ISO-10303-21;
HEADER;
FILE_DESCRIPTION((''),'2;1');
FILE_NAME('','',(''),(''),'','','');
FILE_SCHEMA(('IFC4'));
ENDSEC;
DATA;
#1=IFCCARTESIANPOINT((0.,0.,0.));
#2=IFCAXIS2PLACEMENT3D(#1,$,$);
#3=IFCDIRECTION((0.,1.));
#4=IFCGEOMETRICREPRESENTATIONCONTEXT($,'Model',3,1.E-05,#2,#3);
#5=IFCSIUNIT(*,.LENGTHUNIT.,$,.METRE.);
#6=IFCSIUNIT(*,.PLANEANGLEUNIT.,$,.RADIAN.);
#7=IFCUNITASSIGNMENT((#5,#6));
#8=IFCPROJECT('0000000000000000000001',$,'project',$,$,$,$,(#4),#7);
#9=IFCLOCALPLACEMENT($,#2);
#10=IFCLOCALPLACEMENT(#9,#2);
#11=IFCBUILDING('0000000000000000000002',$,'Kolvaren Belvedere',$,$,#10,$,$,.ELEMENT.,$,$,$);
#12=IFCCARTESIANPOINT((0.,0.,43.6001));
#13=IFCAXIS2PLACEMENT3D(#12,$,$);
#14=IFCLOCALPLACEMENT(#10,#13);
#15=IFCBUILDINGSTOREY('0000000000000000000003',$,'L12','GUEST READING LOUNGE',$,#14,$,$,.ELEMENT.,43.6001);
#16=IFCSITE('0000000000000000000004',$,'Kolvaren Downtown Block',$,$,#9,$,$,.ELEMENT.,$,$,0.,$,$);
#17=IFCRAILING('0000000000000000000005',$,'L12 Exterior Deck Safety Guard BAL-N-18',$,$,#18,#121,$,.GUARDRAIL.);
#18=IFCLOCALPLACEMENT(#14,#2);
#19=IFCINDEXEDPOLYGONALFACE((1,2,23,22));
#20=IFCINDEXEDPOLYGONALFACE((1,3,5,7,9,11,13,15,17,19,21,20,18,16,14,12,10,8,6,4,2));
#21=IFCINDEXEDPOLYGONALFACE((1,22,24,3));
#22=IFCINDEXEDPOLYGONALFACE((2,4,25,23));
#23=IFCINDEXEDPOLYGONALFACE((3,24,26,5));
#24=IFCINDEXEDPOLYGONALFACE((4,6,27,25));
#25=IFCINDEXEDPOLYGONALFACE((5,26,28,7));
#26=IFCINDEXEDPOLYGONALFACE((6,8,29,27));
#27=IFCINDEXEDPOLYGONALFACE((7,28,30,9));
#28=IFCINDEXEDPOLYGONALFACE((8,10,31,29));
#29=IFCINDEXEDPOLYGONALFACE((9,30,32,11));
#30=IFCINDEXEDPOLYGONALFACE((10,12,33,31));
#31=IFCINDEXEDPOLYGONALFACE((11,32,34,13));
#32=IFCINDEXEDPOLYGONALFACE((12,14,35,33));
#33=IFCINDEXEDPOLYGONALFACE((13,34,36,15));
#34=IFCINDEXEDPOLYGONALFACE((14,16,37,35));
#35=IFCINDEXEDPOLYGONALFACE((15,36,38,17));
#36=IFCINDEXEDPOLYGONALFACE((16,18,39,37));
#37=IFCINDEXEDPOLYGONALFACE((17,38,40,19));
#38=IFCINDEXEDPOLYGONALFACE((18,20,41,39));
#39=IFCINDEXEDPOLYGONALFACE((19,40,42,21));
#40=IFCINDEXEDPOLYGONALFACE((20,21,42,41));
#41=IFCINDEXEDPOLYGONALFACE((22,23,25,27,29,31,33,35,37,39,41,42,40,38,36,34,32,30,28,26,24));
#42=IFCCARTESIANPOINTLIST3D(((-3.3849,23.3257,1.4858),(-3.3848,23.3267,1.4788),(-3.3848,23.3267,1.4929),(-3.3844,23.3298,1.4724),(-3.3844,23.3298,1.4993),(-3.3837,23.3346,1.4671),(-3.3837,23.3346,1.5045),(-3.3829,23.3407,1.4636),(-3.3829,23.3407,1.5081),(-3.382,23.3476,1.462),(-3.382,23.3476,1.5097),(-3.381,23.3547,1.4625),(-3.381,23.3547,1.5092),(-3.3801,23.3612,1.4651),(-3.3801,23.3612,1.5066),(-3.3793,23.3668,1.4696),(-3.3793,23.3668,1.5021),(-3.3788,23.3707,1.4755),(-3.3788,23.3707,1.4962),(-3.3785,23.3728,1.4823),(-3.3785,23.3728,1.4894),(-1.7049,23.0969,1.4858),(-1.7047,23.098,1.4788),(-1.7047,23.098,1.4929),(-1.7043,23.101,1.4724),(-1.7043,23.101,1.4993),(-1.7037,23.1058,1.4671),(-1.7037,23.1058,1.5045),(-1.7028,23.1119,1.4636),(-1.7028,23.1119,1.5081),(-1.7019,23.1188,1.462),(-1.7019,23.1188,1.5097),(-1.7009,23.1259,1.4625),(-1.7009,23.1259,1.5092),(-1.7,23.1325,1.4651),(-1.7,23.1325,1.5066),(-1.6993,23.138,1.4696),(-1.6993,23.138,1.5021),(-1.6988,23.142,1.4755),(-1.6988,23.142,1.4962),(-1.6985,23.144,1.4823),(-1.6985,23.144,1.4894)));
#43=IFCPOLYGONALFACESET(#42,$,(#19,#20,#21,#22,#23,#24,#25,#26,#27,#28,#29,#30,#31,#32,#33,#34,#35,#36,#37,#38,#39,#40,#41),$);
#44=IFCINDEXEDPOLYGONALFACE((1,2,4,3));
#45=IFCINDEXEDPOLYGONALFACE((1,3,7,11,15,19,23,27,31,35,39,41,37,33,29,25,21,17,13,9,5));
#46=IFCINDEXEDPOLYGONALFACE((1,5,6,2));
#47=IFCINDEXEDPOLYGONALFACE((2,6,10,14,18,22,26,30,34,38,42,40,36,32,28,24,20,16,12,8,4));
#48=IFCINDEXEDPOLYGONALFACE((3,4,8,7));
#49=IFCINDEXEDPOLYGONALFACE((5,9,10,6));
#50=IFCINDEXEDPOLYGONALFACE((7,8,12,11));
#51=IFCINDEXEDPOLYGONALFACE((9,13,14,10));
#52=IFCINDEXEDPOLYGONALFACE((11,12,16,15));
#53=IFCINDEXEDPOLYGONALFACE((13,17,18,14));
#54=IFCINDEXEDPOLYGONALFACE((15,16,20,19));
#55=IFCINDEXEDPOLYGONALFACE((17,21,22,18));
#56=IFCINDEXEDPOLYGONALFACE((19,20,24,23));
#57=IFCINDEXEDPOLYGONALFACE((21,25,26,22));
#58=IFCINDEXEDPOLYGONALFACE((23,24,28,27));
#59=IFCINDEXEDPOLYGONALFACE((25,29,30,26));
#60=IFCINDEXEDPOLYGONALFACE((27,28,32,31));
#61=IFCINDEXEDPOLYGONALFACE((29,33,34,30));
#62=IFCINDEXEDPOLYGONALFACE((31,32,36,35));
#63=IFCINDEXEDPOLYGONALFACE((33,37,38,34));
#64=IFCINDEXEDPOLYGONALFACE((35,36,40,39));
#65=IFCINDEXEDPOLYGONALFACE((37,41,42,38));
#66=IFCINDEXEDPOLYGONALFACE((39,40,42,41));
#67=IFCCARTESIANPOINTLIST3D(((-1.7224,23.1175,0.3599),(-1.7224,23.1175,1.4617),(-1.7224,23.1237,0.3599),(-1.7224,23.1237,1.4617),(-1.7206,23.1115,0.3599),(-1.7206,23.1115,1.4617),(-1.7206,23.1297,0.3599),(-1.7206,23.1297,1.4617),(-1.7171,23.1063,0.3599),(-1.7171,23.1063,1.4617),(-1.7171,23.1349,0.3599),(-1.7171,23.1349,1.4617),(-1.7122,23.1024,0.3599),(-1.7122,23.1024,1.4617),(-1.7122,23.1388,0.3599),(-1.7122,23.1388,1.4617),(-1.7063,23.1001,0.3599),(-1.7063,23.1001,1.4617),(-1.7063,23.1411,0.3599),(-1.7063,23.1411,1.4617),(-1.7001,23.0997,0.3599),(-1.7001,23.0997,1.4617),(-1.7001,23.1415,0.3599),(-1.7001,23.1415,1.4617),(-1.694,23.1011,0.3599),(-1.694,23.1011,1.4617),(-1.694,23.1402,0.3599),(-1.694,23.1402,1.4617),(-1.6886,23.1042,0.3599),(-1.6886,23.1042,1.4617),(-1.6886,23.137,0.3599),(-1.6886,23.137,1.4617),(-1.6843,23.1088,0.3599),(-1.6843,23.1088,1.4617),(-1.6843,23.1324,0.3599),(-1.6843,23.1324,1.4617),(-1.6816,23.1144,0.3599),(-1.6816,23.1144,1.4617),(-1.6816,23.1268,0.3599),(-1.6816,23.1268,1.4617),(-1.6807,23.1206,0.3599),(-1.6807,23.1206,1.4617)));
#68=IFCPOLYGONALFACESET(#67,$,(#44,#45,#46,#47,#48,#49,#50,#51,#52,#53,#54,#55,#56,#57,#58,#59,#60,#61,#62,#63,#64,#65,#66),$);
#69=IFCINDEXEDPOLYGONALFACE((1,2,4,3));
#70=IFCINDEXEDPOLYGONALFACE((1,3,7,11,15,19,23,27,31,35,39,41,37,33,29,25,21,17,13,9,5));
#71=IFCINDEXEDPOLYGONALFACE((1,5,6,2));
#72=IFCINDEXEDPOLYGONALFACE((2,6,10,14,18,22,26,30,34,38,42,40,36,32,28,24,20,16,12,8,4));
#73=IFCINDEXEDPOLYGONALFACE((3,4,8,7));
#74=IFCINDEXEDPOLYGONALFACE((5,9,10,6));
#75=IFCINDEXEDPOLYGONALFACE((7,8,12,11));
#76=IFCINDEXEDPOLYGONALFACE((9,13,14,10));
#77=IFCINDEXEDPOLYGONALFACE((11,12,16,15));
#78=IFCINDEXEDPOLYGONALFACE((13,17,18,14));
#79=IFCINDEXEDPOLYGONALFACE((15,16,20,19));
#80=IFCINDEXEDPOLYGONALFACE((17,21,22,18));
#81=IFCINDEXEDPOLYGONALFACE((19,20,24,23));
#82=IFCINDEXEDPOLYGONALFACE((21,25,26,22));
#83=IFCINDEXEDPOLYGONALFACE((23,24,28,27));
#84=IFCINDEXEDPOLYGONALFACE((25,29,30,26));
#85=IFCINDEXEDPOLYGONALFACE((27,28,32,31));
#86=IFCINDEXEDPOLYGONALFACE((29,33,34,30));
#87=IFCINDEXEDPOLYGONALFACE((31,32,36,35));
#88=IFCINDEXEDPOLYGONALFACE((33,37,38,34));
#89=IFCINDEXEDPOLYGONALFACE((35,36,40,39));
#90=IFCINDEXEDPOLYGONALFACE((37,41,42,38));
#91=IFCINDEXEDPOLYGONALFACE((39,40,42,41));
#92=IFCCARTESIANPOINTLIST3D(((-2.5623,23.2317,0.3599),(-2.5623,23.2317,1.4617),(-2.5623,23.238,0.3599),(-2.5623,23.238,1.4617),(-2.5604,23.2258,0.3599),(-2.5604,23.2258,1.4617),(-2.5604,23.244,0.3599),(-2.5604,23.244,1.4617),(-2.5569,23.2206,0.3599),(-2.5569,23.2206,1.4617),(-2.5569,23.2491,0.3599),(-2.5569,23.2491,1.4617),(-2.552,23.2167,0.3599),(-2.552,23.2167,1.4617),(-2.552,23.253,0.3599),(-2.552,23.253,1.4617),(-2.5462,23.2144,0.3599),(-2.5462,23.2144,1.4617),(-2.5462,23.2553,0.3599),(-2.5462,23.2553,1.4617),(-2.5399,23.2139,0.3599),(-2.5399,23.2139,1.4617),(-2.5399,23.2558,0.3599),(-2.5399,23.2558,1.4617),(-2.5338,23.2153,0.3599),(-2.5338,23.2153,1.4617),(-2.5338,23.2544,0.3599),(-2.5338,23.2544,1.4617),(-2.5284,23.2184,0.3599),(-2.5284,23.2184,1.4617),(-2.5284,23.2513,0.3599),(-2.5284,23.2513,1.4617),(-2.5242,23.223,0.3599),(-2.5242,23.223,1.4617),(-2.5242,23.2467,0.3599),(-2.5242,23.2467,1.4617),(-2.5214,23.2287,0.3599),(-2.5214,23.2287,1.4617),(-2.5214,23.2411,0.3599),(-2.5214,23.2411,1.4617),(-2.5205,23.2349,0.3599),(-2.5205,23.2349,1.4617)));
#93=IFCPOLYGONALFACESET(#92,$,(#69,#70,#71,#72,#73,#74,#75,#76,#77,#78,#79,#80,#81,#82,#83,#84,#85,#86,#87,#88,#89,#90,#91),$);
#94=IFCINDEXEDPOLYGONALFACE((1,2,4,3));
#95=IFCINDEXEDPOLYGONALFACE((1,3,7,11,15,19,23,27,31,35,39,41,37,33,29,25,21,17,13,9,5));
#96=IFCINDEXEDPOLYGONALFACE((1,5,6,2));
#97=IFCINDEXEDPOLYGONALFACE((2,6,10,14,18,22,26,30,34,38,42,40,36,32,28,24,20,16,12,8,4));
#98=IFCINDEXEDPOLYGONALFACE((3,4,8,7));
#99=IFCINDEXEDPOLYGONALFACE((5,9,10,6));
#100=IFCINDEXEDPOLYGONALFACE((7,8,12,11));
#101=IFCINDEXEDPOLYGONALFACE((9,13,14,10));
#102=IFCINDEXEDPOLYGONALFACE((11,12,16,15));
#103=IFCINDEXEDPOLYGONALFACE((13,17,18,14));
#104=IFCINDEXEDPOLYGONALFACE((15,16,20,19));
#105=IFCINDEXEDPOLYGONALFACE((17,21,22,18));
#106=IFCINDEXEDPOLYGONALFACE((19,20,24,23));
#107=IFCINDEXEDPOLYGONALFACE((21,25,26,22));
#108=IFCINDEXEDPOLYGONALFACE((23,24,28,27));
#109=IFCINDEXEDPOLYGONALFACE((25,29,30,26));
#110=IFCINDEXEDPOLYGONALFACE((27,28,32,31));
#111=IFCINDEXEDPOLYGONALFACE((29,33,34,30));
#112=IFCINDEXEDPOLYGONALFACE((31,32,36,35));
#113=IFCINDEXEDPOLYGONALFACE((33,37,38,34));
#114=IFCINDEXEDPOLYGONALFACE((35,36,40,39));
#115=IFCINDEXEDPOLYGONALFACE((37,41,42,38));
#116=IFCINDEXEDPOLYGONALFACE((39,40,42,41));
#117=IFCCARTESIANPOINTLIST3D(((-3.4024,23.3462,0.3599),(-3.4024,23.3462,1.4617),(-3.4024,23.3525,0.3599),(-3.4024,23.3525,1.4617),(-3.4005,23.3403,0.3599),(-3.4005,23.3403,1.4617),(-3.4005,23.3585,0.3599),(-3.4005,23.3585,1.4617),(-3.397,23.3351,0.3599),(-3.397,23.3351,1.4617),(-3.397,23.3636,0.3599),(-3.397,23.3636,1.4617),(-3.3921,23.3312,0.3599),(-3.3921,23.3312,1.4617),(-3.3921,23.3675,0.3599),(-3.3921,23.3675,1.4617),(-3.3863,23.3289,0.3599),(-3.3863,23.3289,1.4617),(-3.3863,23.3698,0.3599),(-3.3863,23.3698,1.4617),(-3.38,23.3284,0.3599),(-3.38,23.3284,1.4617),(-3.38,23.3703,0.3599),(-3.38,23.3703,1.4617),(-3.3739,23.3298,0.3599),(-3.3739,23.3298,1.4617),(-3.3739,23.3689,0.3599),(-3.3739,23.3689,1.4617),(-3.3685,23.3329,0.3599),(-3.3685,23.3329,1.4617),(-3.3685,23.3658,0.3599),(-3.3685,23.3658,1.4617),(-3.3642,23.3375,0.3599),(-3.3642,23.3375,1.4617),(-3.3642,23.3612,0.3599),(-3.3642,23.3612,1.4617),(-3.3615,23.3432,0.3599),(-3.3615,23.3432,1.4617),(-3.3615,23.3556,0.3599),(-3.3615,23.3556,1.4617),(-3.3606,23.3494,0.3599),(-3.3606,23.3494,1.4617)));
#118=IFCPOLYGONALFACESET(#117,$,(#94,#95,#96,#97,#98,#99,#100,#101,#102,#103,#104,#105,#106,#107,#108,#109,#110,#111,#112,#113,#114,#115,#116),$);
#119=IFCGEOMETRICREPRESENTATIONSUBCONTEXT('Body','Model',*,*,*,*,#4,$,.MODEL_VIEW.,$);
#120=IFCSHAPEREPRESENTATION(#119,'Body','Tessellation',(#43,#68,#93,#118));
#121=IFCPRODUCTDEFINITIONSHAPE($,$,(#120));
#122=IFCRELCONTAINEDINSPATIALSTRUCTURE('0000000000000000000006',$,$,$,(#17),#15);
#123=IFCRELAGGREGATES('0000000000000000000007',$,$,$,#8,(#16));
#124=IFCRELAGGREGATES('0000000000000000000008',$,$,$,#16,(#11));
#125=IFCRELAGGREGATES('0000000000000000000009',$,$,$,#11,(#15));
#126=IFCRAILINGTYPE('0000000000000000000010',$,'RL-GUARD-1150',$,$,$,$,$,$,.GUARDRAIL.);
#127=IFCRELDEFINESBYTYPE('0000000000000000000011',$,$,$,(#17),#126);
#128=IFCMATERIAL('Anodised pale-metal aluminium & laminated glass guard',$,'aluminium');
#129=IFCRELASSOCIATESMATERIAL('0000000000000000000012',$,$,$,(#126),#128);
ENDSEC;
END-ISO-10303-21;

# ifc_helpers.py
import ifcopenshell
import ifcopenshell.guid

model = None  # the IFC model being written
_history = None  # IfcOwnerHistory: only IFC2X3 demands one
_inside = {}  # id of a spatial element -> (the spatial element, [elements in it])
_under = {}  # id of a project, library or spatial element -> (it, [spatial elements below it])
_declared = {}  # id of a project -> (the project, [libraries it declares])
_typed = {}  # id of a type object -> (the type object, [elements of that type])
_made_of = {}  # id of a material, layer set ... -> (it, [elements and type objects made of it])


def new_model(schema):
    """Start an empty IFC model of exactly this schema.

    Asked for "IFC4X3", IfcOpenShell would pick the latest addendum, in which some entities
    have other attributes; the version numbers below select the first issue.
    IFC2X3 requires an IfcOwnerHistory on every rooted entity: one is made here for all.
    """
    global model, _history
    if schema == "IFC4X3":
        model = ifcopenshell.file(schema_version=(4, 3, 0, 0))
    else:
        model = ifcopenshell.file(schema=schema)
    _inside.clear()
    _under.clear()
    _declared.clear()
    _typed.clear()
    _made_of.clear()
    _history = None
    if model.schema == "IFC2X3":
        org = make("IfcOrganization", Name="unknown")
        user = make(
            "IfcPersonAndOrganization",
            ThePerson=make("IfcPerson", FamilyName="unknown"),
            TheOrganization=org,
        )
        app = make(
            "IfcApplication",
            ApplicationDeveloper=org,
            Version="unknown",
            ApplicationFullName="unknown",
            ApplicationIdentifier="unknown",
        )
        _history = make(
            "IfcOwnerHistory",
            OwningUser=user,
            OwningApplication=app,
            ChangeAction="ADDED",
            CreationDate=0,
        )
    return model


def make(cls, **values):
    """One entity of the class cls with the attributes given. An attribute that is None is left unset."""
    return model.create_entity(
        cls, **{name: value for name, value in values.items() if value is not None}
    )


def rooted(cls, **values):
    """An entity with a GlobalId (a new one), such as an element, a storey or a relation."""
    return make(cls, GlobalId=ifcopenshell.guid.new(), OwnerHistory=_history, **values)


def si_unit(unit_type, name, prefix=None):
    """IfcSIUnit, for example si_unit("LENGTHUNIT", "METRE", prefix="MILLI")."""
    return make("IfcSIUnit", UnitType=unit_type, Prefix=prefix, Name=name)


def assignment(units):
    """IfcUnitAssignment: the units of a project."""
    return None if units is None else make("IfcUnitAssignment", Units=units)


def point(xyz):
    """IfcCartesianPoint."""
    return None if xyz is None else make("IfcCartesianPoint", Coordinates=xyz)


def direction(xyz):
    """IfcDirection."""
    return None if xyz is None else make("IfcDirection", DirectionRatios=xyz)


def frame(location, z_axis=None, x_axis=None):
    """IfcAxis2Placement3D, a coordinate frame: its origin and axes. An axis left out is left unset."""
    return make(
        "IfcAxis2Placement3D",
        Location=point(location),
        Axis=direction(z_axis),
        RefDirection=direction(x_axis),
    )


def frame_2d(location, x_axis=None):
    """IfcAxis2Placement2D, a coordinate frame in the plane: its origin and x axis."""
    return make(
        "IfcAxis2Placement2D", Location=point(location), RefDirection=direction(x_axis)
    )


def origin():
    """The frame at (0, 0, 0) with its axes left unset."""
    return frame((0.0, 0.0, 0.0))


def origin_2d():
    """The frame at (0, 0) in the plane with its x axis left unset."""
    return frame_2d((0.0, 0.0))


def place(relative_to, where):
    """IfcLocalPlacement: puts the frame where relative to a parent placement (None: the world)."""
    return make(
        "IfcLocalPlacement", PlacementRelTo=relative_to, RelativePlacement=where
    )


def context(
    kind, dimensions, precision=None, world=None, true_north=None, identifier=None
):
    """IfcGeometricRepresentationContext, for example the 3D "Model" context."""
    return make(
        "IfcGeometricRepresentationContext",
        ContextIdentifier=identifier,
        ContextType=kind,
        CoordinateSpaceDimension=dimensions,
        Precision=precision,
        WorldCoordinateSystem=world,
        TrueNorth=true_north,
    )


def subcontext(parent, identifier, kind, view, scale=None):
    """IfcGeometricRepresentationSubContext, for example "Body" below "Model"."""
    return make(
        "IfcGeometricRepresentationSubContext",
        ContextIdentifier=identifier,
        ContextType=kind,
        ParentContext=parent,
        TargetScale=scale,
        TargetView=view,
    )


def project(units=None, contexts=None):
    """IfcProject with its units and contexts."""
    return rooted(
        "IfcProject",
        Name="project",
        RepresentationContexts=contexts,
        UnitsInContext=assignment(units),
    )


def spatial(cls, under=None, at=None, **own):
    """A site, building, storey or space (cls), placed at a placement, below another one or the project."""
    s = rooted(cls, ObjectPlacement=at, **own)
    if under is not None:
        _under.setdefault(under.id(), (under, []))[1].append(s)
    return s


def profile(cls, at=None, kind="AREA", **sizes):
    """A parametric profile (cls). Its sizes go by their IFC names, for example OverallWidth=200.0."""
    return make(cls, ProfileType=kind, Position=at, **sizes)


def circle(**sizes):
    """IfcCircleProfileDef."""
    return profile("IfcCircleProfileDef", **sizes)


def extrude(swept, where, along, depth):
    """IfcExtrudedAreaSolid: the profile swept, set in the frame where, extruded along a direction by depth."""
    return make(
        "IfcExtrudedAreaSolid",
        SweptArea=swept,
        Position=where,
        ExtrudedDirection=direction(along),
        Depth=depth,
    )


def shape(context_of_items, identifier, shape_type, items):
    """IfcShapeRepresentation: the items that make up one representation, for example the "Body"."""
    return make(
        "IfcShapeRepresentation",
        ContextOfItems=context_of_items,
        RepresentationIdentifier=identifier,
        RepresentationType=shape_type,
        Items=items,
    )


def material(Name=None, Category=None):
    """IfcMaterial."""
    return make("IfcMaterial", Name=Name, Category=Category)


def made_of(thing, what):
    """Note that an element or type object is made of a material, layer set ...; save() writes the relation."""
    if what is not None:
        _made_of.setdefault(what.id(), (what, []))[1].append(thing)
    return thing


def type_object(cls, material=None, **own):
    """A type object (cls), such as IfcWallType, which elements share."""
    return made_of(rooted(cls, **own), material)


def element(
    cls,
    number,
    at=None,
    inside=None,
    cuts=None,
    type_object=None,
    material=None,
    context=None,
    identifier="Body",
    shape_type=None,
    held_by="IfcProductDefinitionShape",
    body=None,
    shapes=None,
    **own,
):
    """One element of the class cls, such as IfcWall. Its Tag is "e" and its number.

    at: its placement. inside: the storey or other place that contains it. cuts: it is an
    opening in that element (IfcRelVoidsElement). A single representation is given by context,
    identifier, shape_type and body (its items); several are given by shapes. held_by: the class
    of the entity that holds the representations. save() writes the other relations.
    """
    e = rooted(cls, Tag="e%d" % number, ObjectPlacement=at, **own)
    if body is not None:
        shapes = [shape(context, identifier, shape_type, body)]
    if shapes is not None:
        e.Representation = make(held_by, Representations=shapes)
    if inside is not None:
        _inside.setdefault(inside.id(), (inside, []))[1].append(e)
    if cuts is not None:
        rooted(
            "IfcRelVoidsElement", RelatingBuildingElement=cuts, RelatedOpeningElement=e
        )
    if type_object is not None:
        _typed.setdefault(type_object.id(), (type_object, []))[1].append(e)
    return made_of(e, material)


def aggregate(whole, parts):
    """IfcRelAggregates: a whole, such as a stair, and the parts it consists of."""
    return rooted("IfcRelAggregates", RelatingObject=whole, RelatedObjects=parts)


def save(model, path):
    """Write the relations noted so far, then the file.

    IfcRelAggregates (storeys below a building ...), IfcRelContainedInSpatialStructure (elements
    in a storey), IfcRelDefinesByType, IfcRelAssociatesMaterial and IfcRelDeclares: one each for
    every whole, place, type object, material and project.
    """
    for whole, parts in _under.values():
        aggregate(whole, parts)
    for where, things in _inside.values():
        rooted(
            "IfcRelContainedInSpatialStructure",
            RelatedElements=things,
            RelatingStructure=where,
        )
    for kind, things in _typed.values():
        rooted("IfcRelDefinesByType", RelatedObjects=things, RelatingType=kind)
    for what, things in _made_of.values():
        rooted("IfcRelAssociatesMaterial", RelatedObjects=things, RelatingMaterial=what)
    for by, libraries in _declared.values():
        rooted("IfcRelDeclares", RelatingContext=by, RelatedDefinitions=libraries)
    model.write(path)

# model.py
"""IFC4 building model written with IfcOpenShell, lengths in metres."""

from ifc_helpers import new_model, si_unit, direction, frame, origin, origin_2d, place, context, subcontext, project, spatial, circle, extrude, material, type_object, element, save


model = new_model("IFC4")

# Units and contexts
model_context = context("Model", 3, precision=1e-05, world=origin(), true_north=direction((0.0, 1.0)))
body_context = subcontext(model_context, "Body", "Model", "MODEL_VIEW")
ifc_project = project(units=[si_unit("LENGTHUNIT", "METRE"), si_unit("PLANEANGLEUNIT", "RADIAN")], contexts=[model_context])

# Site, building, storey
site_placement = place(None, origin())
site = spatial("IfcSite", under=ifc_project, at=site_placement, Name="Kolvaren Downtown Block", CompositionType="ELEMENT", RefElevation=0.0)
building_placement = place(site_placement, origin())
building = spatial("IfcBuilding", under=site, at=building_placement, Name="Kolvaren Belvedere", CompositionType="ELEMENT")
storey_placement = place(building_placement, frame((0.0, 0.0, 43.6001)))
storey = spatial("IfcBuildingStorey", under=building, at=storey_placement, Name="L12", Description="GUEST READING LOUNGE", CompositionType="ELEMENT", Elevation=43.6001)

# Railing
ifc_material_1 = material(Name="Anodised pale-metal aluminium & laminated glass guard", Category="aluminium")
railing_type = type_object("IfcRailingType", Name="RL-GUARD-1150", PredefinedType="GUARDRAIL", material=ifc_material_1)
railing_1_placement = place(storey_placement, frame((-1.7017, 23.1206, 0.3599)))
element("IfcRailing", 1, at=railing_1_placement, inside=storey, type_object=railing_type, Name="L12 Exterior Deck Safety Guard BAL-N-18", PredefinedType="GUARDRAIL", context=body_context, shape_type="SweptSolid", body=[
    extrude(circle(Radius=0.0239, at=origin_2d()), frame((0.0, 0.0, 1.126), z_axis=(-0.990856, 0.134927, 0.0), x_axis=(-0.134927, -0.990856, 0.0)), (0.0, 0.0, 1.0), 1.6956),
    extrude(circle(Radius=0.021, at=origin_2d()), origin(), (0.0, 0.0, 1.0), 1.1018),
    extrude(circle(Radius=0.021, at=origin_2d()), frame((-0.8398, 0.1143, 0.0)), (0.0, 0.0, 1.0), 1.1018),
    extrude(circle(Radius=0.021, at=origin_2d()), frame((-1.6799, 0.2288, 0.0)), (0.0, 0.0, 1.0), 1.1018),
])

save(model, "model.ifc")
